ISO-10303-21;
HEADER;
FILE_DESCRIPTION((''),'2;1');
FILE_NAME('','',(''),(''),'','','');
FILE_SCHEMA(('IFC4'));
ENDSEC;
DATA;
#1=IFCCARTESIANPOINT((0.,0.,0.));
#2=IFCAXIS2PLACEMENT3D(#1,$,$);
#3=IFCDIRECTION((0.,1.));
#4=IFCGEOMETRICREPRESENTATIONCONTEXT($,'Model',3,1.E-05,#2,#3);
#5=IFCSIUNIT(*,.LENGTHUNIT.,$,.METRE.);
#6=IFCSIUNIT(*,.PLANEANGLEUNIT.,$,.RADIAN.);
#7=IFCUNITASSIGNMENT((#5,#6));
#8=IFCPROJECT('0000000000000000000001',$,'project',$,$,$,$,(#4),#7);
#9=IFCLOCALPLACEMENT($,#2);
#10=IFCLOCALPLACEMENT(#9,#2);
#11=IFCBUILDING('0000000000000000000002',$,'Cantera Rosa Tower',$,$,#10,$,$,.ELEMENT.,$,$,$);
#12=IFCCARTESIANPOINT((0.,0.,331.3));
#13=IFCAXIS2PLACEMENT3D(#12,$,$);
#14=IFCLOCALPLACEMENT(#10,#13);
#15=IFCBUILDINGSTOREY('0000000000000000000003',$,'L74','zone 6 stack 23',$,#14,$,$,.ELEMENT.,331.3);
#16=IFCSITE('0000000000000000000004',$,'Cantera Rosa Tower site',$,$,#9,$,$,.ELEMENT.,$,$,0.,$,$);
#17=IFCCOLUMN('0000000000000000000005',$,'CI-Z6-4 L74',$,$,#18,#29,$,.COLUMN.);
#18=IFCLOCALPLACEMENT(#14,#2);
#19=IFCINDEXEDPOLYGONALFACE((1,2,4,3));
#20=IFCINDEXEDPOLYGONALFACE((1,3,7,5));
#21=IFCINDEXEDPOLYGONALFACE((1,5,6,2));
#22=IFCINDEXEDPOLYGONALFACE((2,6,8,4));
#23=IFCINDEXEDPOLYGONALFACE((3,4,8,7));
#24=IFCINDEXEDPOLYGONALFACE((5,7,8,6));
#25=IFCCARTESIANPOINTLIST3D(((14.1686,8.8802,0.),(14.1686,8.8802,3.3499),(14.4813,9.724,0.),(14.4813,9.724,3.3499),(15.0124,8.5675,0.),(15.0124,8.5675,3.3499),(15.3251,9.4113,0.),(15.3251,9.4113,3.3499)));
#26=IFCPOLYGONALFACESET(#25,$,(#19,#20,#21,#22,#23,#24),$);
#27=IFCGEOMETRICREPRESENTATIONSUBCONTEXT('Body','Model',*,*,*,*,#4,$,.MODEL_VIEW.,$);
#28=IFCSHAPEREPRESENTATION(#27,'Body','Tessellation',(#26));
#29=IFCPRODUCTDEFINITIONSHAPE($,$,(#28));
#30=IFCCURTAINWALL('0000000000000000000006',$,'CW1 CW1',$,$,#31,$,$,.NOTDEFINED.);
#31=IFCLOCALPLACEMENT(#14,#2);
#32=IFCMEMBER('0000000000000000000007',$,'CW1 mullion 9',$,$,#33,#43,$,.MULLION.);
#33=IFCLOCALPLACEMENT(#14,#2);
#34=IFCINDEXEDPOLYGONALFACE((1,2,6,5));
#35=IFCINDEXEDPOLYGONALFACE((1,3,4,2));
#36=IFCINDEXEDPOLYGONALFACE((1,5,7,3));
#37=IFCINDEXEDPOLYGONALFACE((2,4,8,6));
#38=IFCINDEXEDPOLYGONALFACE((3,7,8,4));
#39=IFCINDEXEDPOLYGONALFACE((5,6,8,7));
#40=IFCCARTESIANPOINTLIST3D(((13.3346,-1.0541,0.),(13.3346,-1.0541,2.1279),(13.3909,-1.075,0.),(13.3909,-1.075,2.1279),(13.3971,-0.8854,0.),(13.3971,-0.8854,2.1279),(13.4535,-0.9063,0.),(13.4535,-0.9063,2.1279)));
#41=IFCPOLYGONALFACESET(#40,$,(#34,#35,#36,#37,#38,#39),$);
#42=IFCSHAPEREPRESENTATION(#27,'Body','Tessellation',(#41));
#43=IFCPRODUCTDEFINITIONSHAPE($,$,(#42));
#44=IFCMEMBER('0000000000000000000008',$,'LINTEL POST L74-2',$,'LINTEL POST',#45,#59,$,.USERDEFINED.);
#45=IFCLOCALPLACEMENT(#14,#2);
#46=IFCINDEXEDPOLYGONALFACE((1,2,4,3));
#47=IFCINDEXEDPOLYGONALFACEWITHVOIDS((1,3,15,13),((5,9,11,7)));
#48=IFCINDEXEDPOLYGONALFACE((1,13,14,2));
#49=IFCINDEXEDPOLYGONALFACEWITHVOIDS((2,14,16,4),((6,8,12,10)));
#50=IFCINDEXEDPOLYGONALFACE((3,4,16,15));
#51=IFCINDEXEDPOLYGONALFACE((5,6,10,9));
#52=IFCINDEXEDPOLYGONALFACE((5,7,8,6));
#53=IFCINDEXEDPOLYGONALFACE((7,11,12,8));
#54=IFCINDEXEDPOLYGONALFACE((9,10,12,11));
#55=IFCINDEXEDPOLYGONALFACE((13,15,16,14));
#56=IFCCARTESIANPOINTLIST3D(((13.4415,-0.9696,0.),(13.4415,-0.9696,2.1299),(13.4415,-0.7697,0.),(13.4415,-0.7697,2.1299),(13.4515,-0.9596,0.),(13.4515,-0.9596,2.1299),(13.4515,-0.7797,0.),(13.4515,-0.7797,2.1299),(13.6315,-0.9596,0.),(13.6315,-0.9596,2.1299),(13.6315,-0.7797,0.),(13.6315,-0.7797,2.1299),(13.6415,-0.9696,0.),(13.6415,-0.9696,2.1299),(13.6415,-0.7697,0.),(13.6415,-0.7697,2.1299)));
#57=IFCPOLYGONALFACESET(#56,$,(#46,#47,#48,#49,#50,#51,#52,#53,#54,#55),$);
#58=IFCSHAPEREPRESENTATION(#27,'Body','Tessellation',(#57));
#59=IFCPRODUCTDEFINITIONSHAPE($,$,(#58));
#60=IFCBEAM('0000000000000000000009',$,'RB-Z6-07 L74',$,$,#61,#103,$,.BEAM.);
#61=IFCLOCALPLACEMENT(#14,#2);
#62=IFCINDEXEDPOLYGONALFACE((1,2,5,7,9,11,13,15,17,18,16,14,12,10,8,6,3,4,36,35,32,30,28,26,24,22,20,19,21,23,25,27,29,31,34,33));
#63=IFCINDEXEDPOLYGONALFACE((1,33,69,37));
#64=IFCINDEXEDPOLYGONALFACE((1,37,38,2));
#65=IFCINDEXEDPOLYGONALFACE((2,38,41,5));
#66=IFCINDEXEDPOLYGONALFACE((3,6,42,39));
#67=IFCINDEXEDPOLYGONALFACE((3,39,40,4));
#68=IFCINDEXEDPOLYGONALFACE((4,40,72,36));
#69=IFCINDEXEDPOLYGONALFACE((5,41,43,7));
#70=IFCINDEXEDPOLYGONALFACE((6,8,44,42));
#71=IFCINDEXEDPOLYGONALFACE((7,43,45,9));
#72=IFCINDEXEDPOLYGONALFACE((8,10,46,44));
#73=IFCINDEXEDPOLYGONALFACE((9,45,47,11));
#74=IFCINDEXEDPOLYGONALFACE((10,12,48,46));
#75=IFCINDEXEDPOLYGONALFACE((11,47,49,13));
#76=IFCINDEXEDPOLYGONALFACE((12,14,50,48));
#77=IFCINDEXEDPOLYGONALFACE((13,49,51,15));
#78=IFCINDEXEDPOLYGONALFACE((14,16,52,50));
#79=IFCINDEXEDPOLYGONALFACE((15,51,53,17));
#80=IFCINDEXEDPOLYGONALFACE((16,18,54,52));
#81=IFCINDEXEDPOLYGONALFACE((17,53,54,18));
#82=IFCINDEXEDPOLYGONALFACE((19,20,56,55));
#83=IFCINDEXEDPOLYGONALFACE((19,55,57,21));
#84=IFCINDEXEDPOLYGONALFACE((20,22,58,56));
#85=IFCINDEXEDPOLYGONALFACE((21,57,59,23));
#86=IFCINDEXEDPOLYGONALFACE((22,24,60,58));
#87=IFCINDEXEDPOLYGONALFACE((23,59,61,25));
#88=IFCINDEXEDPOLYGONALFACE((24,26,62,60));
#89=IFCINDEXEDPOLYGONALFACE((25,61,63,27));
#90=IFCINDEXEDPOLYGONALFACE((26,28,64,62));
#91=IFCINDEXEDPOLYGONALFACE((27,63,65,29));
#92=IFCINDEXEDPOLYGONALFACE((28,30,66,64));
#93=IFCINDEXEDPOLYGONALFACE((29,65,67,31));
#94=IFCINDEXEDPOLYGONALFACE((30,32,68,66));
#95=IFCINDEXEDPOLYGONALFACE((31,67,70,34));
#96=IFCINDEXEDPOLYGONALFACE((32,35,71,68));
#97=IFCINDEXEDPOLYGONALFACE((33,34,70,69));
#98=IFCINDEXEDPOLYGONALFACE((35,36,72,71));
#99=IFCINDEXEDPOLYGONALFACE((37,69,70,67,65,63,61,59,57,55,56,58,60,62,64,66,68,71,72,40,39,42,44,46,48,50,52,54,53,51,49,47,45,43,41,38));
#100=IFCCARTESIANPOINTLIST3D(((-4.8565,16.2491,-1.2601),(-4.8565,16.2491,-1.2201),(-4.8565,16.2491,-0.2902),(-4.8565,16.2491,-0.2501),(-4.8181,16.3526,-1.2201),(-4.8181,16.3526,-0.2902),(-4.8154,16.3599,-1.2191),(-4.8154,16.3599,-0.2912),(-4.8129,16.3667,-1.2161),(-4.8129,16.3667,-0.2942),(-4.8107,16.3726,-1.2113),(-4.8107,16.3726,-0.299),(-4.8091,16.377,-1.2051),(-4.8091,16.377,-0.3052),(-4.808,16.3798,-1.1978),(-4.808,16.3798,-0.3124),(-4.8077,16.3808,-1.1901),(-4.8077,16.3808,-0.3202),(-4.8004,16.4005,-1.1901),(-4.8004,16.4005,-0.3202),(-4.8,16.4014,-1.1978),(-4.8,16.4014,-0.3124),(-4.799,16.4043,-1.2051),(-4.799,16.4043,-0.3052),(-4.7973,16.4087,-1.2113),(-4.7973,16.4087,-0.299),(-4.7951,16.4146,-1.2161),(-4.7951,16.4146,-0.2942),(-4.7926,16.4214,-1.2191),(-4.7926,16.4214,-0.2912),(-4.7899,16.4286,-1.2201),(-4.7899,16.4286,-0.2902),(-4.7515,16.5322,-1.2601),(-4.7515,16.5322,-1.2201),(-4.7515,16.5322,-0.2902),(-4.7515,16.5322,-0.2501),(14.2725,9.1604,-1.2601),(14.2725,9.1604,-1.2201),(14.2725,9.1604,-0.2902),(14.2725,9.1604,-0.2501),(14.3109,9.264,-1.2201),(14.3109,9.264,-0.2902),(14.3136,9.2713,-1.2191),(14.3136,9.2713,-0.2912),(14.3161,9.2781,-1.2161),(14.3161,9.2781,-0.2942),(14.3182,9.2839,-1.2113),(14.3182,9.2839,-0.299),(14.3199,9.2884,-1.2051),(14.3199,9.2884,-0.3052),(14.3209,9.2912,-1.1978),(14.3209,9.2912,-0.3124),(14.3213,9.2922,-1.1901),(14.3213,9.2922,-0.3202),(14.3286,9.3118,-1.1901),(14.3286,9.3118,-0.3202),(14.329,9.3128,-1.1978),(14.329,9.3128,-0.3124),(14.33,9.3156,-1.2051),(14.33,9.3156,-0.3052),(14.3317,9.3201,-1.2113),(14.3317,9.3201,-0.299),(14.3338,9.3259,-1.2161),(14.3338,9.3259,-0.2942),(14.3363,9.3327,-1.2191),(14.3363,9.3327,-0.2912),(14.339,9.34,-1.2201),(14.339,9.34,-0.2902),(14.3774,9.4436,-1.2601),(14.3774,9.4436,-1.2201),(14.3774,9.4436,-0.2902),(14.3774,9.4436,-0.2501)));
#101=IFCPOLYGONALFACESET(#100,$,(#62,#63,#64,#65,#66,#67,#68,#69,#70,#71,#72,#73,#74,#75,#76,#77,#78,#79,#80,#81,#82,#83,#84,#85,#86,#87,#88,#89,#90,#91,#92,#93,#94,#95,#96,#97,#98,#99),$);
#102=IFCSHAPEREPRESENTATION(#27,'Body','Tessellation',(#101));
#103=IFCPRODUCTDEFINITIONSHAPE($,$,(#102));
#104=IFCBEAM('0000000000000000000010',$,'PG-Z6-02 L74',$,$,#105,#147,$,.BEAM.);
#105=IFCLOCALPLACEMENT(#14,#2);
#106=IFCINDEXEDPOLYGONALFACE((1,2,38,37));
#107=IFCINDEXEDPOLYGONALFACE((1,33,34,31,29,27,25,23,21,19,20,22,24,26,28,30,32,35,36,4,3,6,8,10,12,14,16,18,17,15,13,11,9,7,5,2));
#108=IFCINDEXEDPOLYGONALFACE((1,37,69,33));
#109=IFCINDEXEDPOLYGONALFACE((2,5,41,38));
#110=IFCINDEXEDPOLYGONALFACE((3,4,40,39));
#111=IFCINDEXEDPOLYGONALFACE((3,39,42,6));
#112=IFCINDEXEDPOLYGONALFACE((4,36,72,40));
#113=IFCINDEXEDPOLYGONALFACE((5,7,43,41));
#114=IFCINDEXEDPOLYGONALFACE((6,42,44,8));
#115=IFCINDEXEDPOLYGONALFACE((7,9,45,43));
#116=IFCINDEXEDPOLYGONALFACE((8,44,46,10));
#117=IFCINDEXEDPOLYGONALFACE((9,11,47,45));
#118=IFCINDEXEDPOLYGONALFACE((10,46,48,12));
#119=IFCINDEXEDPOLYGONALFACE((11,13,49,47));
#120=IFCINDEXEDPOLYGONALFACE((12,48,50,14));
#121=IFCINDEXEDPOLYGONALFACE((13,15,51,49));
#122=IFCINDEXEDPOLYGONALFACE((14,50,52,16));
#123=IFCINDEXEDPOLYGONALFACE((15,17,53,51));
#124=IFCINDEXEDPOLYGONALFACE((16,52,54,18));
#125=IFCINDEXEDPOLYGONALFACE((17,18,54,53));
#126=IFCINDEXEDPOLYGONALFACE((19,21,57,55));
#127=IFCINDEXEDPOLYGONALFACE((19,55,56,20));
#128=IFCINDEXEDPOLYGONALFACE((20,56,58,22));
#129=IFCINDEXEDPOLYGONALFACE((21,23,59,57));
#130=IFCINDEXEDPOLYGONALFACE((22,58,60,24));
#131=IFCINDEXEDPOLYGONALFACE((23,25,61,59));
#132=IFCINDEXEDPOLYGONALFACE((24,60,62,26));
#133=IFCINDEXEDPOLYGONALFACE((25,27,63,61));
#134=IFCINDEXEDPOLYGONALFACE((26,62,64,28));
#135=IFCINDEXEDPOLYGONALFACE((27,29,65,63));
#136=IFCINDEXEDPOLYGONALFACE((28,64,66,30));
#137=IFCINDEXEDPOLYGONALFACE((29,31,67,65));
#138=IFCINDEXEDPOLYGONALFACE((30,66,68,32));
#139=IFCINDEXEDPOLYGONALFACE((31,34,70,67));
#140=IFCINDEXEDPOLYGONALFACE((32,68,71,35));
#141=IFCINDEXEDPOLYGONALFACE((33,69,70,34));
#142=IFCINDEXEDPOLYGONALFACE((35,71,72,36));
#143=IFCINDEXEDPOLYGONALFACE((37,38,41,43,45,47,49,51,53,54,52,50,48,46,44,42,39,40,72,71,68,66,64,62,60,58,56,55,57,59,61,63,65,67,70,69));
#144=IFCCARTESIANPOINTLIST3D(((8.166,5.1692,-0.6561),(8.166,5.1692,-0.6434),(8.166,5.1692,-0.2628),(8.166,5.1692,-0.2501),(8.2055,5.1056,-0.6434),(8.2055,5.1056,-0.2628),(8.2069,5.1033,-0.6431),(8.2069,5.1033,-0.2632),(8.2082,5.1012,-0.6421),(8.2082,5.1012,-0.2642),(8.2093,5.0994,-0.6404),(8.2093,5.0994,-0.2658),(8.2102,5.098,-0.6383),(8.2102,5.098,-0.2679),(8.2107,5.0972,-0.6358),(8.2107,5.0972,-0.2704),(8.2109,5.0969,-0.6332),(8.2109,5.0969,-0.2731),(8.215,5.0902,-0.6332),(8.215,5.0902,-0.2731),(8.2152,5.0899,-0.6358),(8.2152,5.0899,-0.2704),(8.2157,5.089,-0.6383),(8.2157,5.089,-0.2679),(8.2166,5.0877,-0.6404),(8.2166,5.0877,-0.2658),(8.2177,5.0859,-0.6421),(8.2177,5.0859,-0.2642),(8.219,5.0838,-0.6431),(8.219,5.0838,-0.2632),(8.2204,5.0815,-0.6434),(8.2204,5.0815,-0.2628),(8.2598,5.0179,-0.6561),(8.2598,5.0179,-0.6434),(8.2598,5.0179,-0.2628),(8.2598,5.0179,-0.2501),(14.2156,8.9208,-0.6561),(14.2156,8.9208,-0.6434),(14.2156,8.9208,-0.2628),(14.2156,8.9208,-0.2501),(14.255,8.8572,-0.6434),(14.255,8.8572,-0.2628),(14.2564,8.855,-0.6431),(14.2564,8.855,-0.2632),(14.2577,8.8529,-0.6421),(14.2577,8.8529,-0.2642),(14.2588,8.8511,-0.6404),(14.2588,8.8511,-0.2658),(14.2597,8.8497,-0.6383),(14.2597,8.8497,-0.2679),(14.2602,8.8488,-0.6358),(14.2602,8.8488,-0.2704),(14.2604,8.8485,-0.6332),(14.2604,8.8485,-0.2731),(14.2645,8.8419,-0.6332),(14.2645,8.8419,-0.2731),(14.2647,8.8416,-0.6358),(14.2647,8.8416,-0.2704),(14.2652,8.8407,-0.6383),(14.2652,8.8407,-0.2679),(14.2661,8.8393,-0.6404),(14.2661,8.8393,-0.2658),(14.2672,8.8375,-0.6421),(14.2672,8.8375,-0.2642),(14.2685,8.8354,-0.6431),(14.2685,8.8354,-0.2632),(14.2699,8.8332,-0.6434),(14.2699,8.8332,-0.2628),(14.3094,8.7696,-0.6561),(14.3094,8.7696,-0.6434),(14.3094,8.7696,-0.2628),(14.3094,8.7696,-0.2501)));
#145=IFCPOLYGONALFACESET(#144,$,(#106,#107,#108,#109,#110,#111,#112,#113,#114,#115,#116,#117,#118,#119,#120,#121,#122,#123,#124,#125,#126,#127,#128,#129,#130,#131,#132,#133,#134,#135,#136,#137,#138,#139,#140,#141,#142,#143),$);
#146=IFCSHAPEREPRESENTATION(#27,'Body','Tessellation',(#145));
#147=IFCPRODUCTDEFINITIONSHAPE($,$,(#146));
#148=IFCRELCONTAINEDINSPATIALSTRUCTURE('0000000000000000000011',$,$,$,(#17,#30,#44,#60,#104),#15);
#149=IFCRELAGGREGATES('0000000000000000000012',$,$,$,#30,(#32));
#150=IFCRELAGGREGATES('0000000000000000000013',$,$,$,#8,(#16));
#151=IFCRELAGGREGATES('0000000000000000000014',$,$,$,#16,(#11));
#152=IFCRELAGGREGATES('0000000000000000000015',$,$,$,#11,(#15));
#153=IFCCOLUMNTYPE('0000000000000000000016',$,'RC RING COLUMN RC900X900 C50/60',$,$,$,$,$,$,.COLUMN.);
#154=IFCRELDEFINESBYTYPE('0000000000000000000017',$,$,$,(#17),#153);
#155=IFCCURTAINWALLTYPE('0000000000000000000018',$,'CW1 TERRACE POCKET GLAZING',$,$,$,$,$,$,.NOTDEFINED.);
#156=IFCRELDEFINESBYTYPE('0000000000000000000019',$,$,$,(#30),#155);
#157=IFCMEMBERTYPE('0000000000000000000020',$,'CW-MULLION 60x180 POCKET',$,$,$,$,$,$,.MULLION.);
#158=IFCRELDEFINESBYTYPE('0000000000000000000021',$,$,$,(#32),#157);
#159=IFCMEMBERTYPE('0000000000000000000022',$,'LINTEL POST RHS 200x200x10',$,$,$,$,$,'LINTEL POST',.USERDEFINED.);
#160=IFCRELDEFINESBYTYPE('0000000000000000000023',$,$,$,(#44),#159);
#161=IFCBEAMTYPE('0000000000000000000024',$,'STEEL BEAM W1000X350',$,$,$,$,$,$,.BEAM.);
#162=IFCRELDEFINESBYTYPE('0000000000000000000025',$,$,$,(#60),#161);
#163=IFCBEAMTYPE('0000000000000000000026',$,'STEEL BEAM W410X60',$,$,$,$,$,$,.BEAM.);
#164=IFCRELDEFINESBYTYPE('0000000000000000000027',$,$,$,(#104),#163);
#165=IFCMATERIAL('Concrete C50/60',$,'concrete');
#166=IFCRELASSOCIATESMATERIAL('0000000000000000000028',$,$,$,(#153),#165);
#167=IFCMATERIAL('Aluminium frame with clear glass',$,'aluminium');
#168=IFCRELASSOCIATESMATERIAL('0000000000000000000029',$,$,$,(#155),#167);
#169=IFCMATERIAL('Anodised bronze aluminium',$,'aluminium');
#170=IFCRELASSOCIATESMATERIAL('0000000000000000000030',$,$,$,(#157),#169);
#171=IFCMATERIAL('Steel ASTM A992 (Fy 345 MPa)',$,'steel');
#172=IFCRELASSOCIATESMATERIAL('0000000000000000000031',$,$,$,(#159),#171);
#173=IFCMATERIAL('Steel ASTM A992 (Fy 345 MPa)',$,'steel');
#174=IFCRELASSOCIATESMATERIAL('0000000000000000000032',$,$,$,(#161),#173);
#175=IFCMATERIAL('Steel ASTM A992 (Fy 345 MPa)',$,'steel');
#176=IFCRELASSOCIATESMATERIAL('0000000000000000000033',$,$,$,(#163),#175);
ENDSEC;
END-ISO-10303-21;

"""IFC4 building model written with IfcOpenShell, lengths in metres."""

from ifc_helpers import new_model, si_unit, direction, frame, origin, origin_2d, place, context, subcontext, project, spatial, rectangle, hollow_rectangle, i_section, extrude, material, material_profile, profile_set, type_object, element, aggregate, save


model = new_model("IFC4")

# Units and contexts
model_context = context("Model", 3, precision=1e-05, world=origin(), true_north=direction((0.0, 1.0)))
body_context = subcontext(model_context, "Body", "Model", "MODEL_VIEW")
ifc_project = project(units=[si_unit("LENGTHUNIT", "METRE"), si_unit("PLANEANGLEUNIT", "RADIAN")], contexts=[model_context])

# Site, building, storey
site_placement = place(None, origin())
site = spatial("IfcSite", under=ifc_project, at=site_placement, Name="Cantera Rosa Tower site", CompositionType="ELEMENT", RefElevation=0.0)
building_placement = place(site_placement, origin())
building = spatial("IfcBuilding", under=site, at=building_placement, Name="Cantera Rosa Tower", CompositionType="ELEMENT")
storey_placement = place(building_placement, frame((0.0, 0.0, 331.3)))
storey = spatial("IfcBuildingStorey", under=building, at=storey_placement, Name="L74", Description="zone 6 stack 23", CompositionType="ELEMENT", Elevation=331.3)

# Column
ifc_material_1 = material(Name="Concrete C50/60", Category="concrete")
ifc_material_profile_1 = material_profile(ifc_material_1, rectangle(XDim=0.8999, YDim=0.8999, at=origin_2d()), Name="RC RING COLUMN RC900X900 C50/60")
ifc_profile_set_1 = profile_set([ifc_material_profile_1], Name="Concrete C50/60")
column_type = type_object("IfcColumnType", Name="RC RING COLUMN RC900X900 C50/60", PredefinedType="COLUMN", material=ifc_profile_set_1)
column_placement = place(storey_placement, frame((14.7468, 9.1458, 0.0), z_axis=(0.0, 0.0, 1.0), x_axis=(0.347481, 0.937687, 0.0)))
element("IfcColumn", 1, at=column_placement, inside=storey, type_object=column_type, Name="CI-Z6-4 L74", PredefinedType="COLUMN", context=body_context, shape_type="SweptSolid", body=[
    extrude(rectangle(XDim=0.8999, YDim=0.8999, at=origin_2d()), origin(), (0.0, 0.0, 1.0), 3.3499),
])

# Curtain wall, member
ifc_material_2 = material(Name="Aluminium frame with clear glass", Category="aluminium")
curtain_wall_type = type_object("IfcCurtainWallType", Name="CW1 TERRACE POCKET GLAZING", PredefinedType="NOTDEFINED", material=ifc_material_2)
curtain_wall_placement = place(storey_placement, origin())
curtain_wall = element("IfcCurtainWall", 2, at=curtain_wall_placement, inside=storey, type_object=curtain_wall_type, Name="CW1 CW1", PredefinedType="NOTDEFINED")
ifc_material_3 = material(Name="Anodised bronze aluminium", Category="aluminium")
ifc_material_profile_2 = material_profile(ifc_material_3, rectangle(XDim=0.0601, YDim=0.1799, at=origin_2d()), Name="CW-MULLION 60x180 POCKET")
ifc_profile_set_2 = profile_set([ifc_material_profile_2], Name="Anodised bronze aluminium")
member_type_1 = type_object("IfcMemberType", Name="CW-MULLION 60x180 POCKET", PredefinedType="MULLION", material=ifc_profile_set_2)
member_1_placement = place(storey_placement, frame((13.394, -0.9802, 0.0), z_axis=(0.0, 0.0, 1.0), x_axis=(-0.937687, 0.347481, 0.0)))
member_1 = element("IfcMember", 3, at=member_1_placement, type_object=member_type_1, Name="CW1 mullion 9", PredefinedType="MULLION", context=body_context, shape_type="SweptSolid", body=[
    extrude(rectangle(XDim=0.0601, YDim=0.1799, at=origin_2d()), origin(), (0.0, 0.0, 1.0), 2.1279),
])

# Member
ifc_material_4 = material(Name="Steel ASTM A992 (Fy 345 MPa)", Category="steel")
ifc_material_profile_3 = material_profile(ifc_material_4, hollow_rectangle(XDim=0.2, YDim=0.2, WallThickness=0.01, at=origin_2d()), Name="LINTEL POST RHS 200x200x10")
ifc_profile_set_3 = profile_set([ifc_material_profile_3], Name="Steel ASTM A992 (Fy 345 MPa)")
member_type_2 = type_object("IfcMemberType", Name="LINTEL POST RHS 200x200x10", ElementType="LINTEL POST", PredefinedType="USERDEFINED", material=ifc_profile_set_3)
member_2_placement = place(storey_placement, frame((13.5415, -0.8696, 0.0), z_axis=(0.0, 0.0, 1.0), x_axis=(1.0, 0.0, 0.0)))
element("IfcMember", 4, at=member_2_placement, inside=storey, type_object=member_type_2, Name="LINTEL POST L74-2", ObjectType="LINTEL POST", PredefinedType="USERDEFINED", context=body_context, shape_type="SweptSolid", body=[
    extrude(hollow_rectangle(XDim=0.2, YDim=0.2, WallThickness=0.01, at=origin_2d()), origin(), (0.0, 0.0, 1.0), 2.1299),
])

# Beams
ifc_material_5 = material(Name="Steel ASTM A992 (Fy 345 MPa)", Category="steel")
ifc_material_profile_4 = material_profile(ifc_material_5, i_section(OverallWidth=0.302, OverallDepth=1.01, WebThickness=0.021, FlangeThickness=0.04, FilletRadius=0.03, at=origin_2d()), Name="W1000X350")
ifc_profile_set_4 = profile_set([ifc_material_profile_4], Name="Steel ASTM A992 (Fy 345 MPa)")
beam_type_1 = type_object("IfcBeamType", Name="STEEL BEAM W1000X350", PredefinedType="BEAM", material=ifc_profile_set_4)
beam_1_placement = place(storey_placement, frame((14.325, 9.302, -0.7551), z_axis=(-0.937687, 0.34748, 0.0), x_axis=(-0.34748, -0.937687, 0.0)))
element("IfcBeam", 5, at=beam_1_placement, inside=storey, type_object=beam_type_1, Name="RB-Z6-07 L74", PredefinedType="BEAM", context=body_context, shape_type="SweptSolid", body=[
    extrude(i_section(OverallWidth=0.302, OverallDepth=1.01, WebThickness=0.021, FlangeThickness=0.04, FilletRadius=0.03, at=origin_2d()), origin(), (0.0, 0.0, 1.0), 20.4001),
])
ifc_material_6 = material(Name="Steel ASTM A992 (Fy 345 MPa)", Category="steel")
ifc_material_profile_5 = material_profile(ifc_material_6, i_section(OverallWidth=0.178, OverallDepth=0.406, WebThickness=0.0078, FlangeThickness=0.0127, FilletRadius=0.0103, at=origin_2d()), Name="W410X60")
ifc_profile_set_5 = profile_set([ifc_material_profile_5], Name="Steel ASTM A992 (Fy 345 MPa)")
beam_type_2 = type_object("IfcBeamType", Name="STEEL BEAM W410X60", PredefinedType="BEAM", material=ifc_profile_set_5)
beam_2_placement = place(storey_placement, frame((14.2625, 8.8452, -0.4531), z_axis=(-0.849841, -0.527039, 0.0), x_axis=(0.527039, -0.849841, 0.0)))
element("IfcBeam", 6, at=beam_2_placement, inside=storey, type_object=beam_type_2, Name="PG-Z6-02 L74", PredefinedType="BEAM", context=body_context, shape_type="SweptSolid", body=[
    extrude(i_section(OverallWidth=0.178, OverallDepth=0.406, WebThickness=0.0078, FlangeThickness=0.0127, FilletRadius=0.0103, at=origin_2d()), origin(), (0.0, 0.0, 1.0), 7.1184),
])

aggregate(curtain_wall, [member_1])

save(model, "model.ifc")
